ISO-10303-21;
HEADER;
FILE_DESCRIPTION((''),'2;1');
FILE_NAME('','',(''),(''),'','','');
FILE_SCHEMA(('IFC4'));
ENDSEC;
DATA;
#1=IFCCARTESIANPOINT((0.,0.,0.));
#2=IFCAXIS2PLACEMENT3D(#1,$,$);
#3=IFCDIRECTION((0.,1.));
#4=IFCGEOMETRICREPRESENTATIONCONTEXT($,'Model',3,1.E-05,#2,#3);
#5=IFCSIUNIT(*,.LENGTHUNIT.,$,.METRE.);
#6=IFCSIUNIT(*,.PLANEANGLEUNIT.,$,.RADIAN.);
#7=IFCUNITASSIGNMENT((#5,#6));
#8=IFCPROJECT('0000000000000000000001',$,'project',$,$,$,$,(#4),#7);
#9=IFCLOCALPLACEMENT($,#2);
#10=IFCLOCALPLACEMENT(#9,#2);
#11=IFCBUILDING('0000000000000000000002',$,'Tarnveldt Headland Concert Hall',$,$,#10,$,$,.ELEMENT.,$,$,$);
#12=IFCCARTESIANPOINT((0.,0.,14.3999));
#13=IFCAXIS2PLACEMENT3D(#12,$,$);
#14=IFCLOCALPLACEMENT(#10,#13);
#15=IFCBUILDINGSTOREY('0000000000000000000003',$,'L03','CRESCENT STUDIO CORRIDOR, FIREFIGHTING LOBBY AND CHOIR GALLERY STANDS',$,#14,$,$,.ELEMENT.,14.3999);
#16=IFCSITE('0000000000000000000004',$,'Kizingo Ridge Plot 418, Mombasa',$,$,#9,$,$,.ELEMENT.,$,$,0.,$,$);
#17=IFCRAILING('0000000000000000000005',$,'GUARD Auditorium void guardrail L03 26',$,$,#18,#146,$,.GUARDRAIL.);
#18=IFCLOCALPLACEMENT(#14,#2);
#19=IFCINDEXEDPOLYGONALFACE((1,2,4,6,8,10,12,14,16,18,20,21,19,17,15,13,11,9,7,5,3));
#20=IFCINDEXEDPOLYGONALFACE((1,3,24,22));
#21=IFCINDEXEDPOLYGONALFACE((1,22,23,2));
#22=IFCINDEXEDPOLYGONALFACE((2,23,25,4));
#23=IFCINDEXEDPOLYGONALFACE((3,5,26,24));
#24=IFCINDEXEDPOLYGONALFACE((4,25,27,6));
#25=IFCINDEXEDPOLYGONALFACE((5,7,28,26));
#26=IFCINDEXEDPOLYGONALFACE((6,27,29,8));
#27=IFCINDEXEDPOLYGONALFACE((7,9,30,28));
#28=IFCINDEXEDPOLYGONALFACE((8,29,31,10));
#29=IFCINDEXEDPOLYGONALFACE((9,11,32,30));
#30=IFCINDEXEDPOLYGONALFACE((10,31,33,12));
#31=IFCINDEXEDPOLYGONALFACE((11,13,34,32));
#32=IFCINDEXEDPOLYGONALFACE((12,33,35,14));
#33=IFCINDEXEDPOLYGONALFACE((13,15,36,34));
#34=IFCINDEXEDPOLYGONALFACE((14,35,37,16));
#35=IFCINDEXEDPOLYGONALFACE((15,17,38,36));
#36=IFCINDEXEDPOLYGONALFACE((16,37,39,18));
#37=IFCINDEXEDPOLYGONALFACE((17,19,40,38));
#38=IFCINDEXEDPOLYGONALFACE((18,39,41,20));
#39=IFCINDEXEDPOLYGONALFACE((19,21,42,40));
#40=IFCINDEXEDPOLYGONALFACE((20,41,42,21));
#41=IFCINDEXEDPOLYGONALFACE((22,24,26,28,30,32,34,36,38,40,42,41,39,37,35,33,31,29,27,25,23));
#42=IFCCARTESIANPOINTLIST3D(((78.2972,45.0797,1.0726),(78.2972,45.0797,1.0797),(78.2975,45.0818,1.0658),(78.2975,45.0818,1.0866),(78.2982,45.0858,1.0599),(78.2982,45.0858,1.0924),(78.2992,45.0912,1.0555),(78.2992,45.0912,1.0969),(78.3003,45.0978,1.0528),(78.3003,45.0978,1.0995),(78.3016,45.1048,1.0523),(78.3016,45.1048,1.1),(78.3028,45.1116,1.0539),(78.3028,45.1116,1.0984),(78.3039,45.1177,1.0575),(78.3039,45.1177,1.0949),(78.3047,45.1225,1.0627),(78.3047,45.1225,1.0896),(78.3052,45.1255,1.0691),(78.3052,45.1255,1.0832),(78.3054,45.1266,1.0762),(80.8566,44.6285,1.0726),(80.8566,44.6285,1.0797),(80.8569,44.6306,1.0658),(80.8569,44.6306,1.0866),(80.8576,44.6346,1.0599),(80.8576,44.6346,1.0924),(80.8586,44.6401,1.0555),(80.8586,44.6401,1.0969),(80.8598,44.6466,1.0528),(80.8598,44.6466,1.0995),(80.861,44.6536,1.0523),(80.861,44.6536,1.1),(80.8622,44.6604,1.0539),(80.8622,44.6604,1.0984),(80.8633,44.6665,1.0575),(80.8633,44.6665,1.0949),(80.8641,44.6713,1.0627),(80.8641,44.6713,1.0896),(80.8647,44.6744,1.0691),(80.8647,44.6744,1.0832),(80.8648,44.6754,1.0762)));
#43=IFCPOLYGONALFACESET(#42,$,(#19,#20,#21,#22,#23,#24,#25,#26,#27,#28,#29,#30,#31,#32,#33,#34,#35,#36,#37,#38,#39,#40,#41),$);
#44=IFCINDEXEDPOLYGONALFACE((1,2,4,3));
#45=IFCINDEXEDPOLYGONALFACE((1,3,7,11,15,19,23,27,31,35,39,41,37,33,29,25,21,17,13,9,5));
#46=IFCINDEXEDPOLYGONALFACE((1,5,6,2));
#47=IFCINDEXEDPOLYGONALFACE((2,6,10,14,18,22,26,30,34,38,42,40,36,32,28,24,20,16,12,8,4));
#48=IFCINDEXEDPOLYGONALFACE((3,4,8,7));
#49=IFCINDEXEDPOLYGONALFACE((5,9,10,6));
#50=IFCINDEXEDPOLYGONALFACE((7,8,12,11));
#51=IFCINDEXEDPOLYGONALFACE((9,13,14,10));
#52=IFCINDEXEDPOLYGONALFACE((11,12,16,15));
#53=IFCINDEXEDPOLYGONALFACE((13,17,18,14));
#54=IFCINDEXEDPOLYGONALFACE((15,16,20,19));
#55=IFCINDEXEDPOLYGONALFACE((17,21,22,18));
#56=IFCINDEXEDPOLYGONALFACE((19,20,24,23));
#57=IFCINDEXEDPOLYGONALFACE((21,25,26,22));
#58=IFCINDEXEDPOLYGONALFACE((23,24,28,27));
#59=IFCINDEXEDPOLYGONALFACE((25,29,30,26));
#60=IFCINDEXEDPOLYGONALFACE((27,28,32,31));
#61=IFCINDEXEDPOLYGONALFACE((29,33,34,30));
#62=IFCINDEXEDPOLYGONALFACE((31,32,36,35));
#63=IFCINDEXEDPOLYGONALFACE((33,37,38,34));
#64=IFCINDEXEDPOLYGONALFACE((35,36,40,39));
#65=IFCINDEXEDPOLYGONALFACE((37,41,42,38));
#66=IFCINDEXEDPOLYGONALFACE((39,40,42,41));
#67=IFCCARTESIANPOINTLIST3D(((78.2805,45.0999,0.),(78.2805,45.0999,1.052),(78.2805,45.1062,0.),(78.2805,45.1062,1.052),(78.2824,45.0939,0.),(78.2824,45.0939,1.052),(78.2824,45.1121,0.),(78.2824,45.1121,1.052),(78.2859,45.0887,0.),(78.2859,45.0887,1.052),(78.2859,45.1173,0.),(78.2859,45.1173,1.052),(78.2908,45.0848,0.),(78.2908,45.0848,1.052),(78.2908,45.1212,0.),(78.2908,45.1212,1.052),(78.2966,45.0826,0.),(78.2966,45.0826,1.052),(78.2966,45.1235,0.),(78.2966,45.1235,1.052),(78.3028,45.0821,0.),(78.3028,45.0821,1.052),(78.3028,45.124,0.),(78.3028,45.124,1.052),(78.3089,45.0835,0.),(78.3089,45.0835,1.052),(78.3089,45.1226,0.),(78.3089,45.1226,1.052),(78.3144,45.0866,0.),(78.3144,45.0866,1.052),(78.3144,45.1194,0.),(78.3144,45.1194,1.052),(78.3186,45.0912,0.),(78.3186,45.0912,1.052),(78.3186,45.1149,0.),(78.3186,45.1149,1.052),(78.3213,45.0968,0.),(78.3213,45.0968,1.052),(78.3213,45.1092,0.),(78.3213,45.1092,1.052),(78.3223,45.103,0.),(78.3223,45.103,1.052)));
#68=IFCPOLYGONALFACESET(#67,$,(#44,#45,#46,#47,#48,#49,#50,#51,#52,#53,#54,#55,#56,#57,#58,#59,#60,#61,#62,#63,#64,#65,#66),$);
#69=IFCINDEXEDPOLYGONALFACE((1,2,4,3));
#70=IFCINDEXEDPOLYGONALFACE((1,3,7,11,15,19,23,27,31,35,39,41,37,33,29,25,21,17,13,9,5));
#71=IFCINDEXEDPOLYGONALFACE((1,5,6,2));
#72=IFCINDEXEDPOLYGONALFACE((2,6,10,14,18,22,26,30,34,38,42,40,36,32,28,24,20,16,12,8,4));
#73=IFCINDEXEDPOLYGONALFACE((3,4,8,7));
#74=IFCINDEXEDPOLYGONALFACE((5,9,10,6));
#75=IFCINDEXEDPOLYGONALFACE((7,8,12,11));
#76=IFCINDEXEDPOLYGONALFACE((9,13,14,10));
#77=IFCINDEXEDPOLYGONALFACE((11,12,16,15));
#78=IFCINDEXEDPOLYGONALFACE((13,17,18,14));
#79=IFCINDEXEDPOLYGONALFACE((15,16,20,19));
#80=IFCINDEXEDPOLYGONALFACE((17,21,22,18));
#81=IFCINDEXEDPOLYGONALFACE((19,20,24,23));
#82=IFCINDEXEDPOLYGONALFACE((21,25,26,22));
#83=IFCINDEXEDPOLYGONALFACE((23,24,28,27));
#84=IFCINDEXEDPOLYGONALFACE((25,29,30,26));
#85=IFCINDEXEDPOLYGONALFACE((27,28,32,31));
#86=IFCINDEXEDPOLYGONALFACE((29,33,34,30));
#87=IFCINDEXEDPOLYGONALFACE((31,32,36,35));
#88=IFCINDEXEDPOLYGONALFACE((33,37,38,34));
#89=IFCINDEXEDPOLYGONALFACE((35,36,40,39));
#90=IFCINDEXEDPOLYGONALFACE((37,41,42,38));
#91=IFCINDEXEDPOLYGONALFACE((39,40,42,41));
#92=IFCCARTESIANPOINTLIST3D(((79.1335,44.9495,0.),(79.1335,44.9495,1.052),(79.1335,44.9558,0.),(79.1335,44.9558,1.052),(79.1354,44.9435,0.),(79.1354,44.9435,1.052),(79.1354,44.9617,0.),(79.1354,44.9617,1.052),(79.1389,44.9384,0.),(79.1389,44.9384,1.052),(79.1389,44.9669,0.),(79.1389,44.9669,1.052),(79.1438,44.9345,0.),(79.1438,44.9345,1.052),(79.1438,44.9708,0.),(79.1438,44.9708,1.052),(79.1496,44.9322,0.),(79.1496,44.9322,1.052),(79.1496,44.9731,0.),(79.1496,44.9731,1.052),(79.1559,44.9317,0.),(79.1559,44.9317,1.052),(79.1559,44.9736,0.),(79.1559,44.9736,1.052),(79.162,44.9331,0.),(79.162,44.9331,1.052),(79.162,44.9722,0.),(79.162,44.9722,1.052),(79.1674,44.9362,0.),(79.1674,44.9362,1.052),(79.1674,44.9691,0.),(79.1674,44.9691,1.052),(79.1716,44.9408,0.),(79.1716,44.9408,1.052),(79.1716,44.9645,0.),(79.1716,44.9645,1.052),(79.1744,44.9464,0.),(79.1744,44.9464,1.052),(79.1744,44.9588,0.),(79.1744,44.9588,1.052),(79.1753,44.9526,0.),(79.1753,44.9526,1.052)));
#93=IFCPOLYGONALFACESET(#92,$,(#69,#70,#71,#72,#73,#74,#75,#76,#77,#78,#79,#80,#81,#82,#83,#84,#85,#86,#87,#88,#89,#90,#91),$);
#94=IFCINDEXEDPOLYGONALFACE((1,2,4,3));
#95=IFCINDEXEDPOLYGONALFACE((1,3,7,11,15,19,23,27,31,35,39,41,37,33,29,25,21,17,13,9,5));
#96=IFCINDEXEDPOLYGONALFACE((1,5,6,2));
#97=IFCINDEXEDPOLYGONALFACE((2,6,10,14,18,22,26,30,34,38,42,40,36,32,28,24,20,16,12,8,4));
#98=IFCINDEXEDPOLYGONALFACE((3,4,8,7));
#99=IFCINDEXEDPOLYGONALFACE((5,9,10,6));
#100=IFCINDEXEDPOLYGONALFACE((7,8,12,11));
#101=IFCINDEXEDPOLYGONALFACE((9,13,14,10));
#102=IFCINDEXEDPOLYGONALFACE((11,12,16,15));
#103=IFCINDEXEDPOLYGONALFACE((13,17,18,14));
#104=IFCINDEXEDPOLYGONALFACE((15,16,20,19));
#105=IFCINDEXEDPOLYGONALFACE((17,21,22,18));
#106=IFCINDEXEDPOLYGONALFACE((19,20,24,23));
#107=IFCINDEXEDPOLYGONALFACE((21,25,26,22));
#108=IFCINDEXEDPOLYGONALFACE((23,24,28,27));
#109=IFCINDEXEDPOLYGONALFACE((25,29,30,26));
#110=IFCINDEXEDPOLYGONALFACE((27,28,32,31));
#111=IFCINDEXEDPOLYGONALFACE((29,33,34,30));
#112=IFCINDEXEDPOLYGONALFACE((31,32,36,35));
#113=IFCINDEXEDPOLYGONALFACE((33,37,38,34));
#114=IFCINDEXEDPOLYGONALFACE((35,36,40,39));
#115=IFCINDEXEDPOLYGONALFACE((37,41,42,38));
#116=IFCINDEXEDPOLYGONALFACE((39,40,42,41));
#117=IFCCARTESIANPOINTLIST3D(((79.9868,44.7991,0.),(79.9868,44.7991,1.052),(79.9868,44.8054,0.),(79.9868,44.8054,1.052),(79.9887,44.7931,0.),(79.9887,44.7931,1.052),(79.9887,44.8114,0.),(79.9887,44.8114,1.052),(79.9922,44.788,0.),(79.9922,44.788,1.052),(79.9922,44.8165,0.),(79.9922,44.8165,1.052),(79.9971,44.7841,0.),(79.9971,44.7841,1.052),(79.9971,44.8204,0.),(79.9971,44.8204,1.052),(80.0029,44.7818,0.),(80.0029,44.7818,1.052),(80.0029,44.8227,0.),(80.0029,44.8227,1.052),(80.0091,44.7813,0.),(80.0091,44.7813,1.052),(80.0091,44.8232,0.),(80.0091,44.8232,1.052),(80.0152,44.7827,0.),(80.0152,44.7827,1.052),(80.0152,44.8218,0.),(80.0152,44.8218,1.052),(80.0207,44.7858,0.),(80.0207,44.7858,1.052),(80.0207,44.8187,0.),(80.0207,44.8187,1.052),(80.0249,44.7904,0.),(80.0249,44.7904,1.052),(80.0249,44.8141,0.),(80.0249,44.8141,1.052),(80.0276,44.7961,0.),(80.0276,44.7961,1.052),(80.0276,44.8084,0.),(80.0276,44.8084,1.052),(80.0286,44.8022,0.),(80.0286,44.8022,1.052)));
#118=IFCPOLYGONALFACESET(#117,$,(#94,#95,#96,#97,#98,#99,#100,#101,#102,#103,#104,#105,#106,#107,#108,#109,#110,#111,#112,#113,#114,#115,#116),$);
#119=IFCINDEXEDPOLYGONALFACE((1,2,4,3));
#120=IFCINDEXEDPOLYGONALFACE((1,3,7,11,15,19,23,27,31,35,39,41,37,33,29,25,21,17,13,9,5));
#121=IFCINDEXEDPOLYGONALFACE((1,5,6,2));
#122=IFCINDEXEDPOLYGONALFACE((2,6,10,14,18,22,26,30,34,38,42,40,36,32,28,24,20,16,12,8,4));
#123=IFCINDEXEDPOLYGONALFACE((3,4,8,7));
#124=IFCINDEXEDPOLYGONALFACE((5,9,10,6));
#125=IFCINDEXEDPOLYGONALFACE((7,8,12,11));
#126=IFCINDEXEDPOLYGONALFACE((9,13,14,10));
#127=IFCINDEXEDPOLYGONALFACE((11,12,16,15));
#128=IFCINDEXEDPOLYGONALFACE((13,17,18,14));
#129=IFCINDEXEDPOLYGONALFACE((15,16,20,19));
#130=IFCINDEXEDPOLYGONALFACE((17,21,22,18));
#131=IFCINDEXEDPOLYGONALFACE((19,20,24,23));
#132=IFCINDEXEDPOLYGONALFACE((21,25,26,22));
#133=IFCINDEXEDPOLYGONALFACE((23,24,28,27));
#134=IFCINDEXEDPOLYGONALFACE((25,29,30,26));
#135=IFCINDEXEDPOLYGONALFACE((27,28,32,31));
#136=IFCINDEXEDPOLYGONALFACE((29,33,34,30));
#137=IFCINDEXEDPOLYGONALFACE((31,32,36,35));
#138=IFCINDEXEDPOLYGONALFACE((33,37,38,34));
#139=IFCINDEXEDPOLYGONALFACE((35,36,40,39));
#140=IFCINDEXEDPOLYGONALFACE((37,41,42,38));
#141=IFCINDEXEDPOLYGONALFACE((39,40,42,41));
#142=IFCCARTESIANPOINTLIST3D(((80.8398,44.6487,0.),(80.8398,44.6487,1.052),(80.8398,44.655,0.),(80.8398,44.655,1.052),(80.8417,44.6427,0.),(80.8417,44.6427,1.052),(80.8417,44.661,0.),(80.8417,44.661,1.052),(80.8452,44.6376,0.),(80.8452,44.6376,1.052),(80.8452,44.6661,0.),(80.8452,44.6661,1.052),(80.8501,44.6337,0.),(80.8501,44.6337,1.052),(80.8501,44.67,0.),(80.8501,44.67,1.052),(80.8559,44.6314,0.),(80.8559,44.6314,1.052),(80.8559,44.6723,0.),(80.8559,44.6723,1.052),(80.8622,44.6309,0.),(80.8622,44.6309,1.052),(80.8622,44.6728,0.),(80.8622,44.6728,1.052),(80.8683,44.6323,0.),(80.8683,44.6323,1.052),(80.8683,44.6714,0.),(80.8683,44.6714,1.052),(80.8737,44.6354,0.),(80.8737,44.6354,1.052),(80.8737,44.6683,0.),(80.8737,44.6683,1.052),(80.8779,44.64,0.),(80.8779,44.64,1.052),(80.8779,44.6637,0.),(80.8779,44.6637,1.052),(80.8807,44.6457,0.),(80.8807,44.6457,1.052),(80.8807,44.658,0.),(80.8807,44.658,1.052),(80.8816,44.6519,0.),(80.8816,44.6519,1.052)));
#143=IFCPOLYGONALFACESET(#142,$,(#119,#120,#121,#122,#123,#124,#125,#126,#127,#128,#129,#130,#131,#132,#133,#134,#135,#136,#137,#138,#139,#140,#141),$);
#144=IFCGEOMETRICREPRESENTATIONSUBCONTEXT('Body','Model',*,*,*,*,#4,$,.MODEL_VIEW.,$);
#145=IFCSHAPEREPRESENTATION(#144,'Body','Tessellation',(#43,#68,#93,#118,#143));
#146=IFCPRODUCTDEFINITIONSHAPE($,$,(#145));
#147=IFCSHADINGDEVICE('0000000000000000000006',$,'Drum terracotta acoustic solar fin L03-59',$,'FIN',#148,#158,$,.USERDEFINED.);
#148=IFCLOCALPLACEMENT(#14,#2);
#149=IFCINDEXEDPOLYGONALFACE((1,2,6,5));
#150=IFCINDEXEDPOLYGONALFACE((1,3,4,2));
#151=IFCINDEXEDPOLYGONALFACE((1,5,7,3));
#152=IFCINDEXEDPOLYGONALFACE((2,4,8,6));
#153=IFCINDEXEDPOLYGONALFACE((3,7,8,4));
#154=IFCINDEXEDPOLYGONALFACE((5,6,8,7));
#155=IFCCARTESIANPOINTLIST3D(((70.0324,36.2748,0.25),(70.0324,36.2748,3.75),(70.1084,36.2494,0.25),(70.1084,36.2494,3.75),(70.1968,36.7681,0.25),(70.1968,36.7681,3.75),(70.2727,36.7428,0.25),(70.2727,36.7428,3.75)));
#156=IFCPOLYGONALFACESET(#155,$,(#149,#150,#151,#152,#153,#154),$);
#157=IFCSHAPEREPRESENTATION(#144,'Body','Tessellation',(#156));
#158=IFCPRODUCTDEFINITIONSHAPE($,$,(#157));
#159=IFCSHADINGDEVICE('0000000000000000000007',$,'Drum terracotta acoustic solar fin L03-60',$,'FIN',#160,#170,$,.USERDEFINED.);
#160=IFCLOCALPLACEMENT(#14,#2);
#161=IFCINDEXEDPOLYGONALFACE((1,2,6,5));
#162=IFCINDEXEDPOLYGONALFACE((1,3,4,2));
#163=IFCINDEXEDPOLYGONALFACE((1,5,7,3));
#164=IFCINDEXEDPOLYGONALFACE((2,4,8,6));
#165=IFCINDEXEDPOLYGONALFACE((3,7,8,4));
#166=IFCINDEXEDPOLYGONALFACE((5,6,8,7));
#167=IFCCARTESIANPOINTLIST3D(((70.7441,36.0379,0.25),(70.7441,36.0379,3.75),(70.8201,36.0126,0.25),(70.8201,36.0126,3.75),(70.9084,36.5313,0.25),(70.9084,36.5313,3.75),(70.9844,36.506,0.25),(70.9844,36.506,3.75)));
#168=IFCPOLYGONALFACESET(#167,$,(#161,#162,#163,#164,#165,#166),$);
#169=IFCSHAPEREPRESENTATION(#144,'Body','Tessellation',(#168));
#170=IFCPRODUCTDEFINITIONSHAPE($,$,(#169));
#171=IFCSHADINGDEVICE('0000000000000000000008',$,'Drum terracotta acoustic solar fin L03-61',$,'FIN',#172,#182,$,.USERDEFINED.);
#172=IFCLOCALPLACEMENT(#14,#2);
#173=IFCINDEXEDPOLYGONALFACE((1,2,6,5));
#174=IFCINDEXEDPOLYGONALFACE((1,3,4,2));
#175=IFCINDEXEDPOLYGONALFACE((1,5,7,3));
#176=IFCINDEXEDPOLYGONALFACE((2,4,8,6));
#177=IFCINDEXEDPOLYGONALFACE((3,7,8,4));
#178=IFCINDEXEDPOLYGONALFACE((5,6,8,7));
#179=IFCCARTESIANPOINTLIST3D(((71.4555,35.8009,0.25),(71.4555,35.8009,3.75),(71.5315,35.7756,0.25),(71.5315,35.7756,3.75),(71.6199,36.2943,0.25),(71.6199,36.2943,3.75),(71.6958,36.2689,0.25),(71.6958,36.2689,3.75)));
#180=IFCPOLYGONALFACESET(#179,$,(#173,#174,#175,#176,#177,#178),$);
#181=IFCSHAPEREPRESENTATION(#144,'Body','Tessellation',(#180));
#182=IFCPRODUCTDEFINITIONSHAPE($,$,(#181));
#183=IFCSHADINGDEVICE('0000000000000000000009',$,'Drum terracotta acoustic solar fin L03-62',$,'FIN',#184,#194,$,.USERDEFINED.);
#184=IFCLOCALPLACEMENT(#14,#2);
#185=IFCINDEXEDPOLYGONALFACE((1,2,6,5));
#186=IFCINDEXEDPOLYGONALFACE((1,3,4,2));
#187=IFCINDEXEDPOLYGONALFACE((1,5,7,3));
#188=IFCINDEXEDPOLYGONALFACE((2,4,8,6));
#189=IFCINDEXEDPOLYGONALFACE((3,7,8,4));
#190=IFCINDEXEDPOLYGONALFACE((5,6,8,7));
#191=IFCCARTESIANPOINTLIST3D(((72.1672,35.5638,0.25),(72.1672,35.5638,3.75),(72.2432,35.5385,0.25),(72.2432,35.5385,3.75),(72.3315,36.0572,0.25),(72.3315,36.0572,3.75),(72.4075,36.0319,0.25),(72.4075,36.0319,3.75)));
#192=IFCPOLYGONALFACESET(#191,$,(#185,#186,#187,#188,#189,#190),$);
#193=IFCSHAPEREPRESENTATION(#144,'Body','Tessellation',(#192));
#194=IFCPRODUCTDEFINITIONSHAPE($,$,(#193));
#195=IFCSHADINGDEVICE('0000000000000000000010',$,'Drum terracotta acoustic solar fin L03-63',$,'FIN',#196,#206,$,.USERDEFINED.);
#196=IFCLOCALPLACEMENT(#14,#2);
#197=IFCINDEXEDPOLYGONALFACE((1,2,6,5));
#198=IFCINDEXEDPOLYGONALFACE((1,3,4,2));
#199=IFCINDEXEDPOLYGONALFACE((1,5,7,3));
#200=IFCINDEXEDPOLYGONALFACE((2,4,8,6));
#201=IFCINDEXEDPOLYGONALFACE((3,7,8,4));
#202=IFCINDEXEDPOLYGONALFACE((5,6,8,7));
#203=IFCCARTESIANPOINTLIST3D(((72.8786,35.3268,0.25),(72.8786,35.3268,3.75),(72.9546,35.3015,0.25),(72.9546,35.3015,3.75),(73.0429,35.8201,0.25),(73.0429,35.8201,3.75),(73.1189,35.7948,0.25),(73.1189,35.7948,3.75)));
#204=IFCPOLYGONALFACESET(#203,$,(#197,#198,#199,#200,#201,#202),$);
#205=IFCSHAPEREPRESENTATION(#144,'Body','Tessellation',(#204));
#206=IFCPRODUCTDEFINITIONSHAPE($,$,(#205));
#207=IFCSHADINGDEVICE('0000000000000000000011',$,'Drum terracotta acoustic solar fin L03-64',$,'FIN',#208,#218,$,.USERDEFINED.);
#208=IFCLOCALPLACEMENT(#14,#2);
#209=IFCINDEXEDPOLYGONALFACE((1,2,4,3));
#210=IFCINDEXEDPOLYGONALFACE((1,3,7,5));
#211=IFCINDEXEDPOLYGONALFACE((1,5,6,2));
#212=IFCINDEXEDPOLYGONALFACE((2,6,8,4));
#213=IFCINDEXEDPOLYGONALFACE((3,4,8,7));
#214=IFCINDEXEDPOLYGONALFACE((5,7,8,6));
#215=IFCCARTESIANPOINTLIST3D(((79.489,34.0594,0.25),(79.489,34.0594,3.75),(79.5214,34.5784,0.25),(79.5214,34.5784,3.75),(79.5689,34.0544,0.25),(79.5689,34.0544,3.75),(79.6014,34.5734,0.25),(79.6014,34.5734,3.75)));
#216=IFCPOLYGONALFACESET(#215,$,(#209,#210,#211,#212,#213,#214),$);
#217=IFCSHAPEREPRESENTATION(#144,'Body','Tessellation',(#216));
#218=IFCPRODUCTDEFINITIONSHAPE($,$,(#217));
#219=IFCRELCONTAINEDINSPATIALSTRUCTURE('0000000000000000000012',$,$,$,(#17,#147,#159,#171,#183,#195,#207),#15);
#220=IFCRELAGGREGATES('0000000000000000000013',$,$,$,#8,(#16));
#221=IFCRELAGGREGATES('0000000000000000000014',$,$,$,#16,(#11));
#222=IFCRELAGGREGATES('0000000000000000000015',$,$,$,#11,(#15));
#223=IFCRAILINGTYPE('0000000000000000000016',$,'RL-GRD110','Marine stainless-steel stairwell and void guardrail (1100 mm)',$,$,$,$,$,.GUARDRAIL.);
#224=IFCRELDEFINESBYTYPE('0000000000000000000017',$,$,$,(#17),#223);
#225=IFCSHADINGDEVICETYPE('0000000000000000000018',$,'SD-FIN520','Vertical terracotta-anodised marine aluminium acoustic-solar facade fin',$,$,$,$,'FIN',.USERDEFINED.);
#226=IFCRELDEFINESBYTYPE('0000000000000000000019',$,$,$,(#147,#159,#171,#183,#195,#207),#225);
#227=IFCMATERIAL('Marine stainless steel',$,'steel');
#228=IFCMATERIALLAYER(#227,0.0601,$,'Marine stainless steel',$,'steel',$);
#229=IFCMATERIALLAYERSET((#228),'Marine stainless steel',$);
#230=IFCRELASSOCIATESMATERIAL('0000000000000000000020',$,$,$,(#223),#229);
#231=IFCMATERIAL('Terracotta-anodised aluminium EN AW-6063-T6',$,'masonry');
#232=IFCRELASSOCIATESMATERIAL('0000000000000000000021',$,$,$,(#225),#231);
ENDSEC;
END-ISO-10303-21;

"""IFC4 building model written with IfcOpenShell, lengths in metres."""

from ifc_helpers import new_model, si_unit, direction, frame, origin, origin_2d, place, context, subcontext, project, spatial, rectangle, circle, extrude, material, layer, layer_set, type_object, element, save


model = new_model("IFC4")

# Units and contexts
model_context = context("Model", 3, precision=1e-05, world=origin(), true_north=direction((0.0, 1.0)))
body_context = subcontext(model_context, "Body", "Model", "MODEL_VIEW")
ifc_project = project(units=[si_unit("LENGTHUNIT", "METRE"), si_unit("PLANEANGLEUNIT", "RADIAN")], contexts=[model_context])

# Site, building, storey
site_placement = place(None, origin())
site = spatial("IfcSite", under=ifc_project, at=site_placement, Name="Kizingo Ridge Plot 418, Mombasa", CompositionType="ELEMENT", RefElevation=0.0)
building_placement = place(site_placement, origin())
building = spatial("IfcBuilding", under=site, at=building_placement, Name="Tarnveldt Headland Concert Hall", CompositionType="ELEMENT")
storey_placement = place(building_placement, frame((0.0, 0.0, 14.3999)))
storey = spatial("IfcBuildingStorey", under=building, at=storey_placement, Name="L03", Description="CRESCENT STUDIO CORRIDOR, FIREFIGHTING LOBBY AND CHOIR GALLERY STANDS", CompositionType="ELEMENT", Elevation=14.3999)

# Railing
ifc_material_1 = material(Name="Marine stainless steel", Category="steel")
ifc_layer_1 = layer(ifc_material_1, 0.0601, Name="Marine stainless steel", Category="steel")
ifc_layer_set_1 = layer_set([ifc_layer_1], Name="Marine stainless steel")
railing_type_1 = type_object("IfcRailingType", Name="RL-GRD110", Description="Marine stainless-steel stairwell and void guardrail (1100 mm)", PredefinedType="GUARDRAIL", material=ifc_layer_set_1)
railing_1_placement = place(storey_placement, frame((78.3013, 45.103, 0.0)))
element("IfcRailing", 1, at=railing_1_placement, inside=storey, type_object=railing_type_1, Name="GUARD Auditorium void guardrail L03 26", PredefinedType="GUARDRAIL", context=body_context, shape_type="SweptSolid", body=[
    extrude(circle(Radius=0.0239, at=origin_2d()), frame((0.0, 0.0, 1.0762), z_axis=(0.984815, -0.173608, 0.0), x_axis=(0.173608, 0.984815, 0.0)), (0.0, 0.0, 1.0), 2.5989),
    extrude(circle(Radius=0.021, at=origin_2d()), origin(), (0.0, 0.0, 1.0), 1.052),
    extrude(circle(Radius=0.021, at=origin_2d()), frame((0.853, -0.1504, 0.0)), (0.0, 0.0, 1.0), 1.052),
    extrude(circle(Radius=0.021, at=origin_2d()), frame((1.7063, -0.3008, 0.0)), (0.0, 0.0, 1.0), 1.052),
    extrude(circle(Radius=0.021, at=origin_2d()), frame((2.5593, -0.4512, 0.0)), (0.0, 0.0, 1.0), 1.052),
])

# Shading devices
ifc_material_2 = material(Name="Terracotta-anodised aluminium EN AW-6063-T6", Category="masonry")
shading_device_type = type_object("IfcShadingDeviceType", Name="SD-FIN520", Description="Vertical terracotta-anodised marine aluminium acoustic-solar facade fin", ElementType="FIN", PredefinedType="USERDEFINED", material=ifc_material_2)
for number, where, z_axis, x_axis, name in (
    (2, (70.1526, 36.5088, 0.25), (0.0, 0.0, 1.0), (-0.31598, -0.948766, 0.0), "Drum terracotta acoustic solar fin L03-59"),
    (3, (70.8643, 36.272, 0.25), (0.0, 0.0, 1.0), (-0.31598, -0.948766, 0.0), "Drum terracotta acoustic solar fin L03-60"),
    (4, (71.5757, 36.0349, 0.25), (0.0, 0.0, 1.0), (-0.31598, -0.948766, 0.0), "Drum terracotta acoustic solar fin L03-61"),
    (5, (72.2874, 35.7979, 0.25), (0.0, 0.0, 1.0), (-0.31598, -0.948766, 0.0), "Drum terracotta acoustic solar fin L03-62"),
    (6, (72.9988, 35.5608, 0.25), (0.0, 0.0, 1.0), (-0.31598, -0.948766, 0.0), "Drum terracotta acoustic solar fin L03-63"),
    (7, (79.5452, 34.3164, 0.25), (0.0, 0.0, 1.0), (-0.062442, -0.998049, 0.0), "Drum terracotta acoustic solar fin L03-64"),
):
    element("IfcShadingDevice", number, at=place(storey_placement, frame(where, z_axis=z_axis, x_axis=x_axis)), inside=storey, type_object=shading_device_type, Name=name, ObjectType="FIN", PredefinedType="USERDEFINED", context=body_context, shape_type="SweptSolid", body=[
        extrude(rectangle(XDim=0.52, YDim=0.0801, at=origin_2d()), origin(), (0.0, 0.0, 1.0), 3.5),
    ])

save(model, "model.ifc")
